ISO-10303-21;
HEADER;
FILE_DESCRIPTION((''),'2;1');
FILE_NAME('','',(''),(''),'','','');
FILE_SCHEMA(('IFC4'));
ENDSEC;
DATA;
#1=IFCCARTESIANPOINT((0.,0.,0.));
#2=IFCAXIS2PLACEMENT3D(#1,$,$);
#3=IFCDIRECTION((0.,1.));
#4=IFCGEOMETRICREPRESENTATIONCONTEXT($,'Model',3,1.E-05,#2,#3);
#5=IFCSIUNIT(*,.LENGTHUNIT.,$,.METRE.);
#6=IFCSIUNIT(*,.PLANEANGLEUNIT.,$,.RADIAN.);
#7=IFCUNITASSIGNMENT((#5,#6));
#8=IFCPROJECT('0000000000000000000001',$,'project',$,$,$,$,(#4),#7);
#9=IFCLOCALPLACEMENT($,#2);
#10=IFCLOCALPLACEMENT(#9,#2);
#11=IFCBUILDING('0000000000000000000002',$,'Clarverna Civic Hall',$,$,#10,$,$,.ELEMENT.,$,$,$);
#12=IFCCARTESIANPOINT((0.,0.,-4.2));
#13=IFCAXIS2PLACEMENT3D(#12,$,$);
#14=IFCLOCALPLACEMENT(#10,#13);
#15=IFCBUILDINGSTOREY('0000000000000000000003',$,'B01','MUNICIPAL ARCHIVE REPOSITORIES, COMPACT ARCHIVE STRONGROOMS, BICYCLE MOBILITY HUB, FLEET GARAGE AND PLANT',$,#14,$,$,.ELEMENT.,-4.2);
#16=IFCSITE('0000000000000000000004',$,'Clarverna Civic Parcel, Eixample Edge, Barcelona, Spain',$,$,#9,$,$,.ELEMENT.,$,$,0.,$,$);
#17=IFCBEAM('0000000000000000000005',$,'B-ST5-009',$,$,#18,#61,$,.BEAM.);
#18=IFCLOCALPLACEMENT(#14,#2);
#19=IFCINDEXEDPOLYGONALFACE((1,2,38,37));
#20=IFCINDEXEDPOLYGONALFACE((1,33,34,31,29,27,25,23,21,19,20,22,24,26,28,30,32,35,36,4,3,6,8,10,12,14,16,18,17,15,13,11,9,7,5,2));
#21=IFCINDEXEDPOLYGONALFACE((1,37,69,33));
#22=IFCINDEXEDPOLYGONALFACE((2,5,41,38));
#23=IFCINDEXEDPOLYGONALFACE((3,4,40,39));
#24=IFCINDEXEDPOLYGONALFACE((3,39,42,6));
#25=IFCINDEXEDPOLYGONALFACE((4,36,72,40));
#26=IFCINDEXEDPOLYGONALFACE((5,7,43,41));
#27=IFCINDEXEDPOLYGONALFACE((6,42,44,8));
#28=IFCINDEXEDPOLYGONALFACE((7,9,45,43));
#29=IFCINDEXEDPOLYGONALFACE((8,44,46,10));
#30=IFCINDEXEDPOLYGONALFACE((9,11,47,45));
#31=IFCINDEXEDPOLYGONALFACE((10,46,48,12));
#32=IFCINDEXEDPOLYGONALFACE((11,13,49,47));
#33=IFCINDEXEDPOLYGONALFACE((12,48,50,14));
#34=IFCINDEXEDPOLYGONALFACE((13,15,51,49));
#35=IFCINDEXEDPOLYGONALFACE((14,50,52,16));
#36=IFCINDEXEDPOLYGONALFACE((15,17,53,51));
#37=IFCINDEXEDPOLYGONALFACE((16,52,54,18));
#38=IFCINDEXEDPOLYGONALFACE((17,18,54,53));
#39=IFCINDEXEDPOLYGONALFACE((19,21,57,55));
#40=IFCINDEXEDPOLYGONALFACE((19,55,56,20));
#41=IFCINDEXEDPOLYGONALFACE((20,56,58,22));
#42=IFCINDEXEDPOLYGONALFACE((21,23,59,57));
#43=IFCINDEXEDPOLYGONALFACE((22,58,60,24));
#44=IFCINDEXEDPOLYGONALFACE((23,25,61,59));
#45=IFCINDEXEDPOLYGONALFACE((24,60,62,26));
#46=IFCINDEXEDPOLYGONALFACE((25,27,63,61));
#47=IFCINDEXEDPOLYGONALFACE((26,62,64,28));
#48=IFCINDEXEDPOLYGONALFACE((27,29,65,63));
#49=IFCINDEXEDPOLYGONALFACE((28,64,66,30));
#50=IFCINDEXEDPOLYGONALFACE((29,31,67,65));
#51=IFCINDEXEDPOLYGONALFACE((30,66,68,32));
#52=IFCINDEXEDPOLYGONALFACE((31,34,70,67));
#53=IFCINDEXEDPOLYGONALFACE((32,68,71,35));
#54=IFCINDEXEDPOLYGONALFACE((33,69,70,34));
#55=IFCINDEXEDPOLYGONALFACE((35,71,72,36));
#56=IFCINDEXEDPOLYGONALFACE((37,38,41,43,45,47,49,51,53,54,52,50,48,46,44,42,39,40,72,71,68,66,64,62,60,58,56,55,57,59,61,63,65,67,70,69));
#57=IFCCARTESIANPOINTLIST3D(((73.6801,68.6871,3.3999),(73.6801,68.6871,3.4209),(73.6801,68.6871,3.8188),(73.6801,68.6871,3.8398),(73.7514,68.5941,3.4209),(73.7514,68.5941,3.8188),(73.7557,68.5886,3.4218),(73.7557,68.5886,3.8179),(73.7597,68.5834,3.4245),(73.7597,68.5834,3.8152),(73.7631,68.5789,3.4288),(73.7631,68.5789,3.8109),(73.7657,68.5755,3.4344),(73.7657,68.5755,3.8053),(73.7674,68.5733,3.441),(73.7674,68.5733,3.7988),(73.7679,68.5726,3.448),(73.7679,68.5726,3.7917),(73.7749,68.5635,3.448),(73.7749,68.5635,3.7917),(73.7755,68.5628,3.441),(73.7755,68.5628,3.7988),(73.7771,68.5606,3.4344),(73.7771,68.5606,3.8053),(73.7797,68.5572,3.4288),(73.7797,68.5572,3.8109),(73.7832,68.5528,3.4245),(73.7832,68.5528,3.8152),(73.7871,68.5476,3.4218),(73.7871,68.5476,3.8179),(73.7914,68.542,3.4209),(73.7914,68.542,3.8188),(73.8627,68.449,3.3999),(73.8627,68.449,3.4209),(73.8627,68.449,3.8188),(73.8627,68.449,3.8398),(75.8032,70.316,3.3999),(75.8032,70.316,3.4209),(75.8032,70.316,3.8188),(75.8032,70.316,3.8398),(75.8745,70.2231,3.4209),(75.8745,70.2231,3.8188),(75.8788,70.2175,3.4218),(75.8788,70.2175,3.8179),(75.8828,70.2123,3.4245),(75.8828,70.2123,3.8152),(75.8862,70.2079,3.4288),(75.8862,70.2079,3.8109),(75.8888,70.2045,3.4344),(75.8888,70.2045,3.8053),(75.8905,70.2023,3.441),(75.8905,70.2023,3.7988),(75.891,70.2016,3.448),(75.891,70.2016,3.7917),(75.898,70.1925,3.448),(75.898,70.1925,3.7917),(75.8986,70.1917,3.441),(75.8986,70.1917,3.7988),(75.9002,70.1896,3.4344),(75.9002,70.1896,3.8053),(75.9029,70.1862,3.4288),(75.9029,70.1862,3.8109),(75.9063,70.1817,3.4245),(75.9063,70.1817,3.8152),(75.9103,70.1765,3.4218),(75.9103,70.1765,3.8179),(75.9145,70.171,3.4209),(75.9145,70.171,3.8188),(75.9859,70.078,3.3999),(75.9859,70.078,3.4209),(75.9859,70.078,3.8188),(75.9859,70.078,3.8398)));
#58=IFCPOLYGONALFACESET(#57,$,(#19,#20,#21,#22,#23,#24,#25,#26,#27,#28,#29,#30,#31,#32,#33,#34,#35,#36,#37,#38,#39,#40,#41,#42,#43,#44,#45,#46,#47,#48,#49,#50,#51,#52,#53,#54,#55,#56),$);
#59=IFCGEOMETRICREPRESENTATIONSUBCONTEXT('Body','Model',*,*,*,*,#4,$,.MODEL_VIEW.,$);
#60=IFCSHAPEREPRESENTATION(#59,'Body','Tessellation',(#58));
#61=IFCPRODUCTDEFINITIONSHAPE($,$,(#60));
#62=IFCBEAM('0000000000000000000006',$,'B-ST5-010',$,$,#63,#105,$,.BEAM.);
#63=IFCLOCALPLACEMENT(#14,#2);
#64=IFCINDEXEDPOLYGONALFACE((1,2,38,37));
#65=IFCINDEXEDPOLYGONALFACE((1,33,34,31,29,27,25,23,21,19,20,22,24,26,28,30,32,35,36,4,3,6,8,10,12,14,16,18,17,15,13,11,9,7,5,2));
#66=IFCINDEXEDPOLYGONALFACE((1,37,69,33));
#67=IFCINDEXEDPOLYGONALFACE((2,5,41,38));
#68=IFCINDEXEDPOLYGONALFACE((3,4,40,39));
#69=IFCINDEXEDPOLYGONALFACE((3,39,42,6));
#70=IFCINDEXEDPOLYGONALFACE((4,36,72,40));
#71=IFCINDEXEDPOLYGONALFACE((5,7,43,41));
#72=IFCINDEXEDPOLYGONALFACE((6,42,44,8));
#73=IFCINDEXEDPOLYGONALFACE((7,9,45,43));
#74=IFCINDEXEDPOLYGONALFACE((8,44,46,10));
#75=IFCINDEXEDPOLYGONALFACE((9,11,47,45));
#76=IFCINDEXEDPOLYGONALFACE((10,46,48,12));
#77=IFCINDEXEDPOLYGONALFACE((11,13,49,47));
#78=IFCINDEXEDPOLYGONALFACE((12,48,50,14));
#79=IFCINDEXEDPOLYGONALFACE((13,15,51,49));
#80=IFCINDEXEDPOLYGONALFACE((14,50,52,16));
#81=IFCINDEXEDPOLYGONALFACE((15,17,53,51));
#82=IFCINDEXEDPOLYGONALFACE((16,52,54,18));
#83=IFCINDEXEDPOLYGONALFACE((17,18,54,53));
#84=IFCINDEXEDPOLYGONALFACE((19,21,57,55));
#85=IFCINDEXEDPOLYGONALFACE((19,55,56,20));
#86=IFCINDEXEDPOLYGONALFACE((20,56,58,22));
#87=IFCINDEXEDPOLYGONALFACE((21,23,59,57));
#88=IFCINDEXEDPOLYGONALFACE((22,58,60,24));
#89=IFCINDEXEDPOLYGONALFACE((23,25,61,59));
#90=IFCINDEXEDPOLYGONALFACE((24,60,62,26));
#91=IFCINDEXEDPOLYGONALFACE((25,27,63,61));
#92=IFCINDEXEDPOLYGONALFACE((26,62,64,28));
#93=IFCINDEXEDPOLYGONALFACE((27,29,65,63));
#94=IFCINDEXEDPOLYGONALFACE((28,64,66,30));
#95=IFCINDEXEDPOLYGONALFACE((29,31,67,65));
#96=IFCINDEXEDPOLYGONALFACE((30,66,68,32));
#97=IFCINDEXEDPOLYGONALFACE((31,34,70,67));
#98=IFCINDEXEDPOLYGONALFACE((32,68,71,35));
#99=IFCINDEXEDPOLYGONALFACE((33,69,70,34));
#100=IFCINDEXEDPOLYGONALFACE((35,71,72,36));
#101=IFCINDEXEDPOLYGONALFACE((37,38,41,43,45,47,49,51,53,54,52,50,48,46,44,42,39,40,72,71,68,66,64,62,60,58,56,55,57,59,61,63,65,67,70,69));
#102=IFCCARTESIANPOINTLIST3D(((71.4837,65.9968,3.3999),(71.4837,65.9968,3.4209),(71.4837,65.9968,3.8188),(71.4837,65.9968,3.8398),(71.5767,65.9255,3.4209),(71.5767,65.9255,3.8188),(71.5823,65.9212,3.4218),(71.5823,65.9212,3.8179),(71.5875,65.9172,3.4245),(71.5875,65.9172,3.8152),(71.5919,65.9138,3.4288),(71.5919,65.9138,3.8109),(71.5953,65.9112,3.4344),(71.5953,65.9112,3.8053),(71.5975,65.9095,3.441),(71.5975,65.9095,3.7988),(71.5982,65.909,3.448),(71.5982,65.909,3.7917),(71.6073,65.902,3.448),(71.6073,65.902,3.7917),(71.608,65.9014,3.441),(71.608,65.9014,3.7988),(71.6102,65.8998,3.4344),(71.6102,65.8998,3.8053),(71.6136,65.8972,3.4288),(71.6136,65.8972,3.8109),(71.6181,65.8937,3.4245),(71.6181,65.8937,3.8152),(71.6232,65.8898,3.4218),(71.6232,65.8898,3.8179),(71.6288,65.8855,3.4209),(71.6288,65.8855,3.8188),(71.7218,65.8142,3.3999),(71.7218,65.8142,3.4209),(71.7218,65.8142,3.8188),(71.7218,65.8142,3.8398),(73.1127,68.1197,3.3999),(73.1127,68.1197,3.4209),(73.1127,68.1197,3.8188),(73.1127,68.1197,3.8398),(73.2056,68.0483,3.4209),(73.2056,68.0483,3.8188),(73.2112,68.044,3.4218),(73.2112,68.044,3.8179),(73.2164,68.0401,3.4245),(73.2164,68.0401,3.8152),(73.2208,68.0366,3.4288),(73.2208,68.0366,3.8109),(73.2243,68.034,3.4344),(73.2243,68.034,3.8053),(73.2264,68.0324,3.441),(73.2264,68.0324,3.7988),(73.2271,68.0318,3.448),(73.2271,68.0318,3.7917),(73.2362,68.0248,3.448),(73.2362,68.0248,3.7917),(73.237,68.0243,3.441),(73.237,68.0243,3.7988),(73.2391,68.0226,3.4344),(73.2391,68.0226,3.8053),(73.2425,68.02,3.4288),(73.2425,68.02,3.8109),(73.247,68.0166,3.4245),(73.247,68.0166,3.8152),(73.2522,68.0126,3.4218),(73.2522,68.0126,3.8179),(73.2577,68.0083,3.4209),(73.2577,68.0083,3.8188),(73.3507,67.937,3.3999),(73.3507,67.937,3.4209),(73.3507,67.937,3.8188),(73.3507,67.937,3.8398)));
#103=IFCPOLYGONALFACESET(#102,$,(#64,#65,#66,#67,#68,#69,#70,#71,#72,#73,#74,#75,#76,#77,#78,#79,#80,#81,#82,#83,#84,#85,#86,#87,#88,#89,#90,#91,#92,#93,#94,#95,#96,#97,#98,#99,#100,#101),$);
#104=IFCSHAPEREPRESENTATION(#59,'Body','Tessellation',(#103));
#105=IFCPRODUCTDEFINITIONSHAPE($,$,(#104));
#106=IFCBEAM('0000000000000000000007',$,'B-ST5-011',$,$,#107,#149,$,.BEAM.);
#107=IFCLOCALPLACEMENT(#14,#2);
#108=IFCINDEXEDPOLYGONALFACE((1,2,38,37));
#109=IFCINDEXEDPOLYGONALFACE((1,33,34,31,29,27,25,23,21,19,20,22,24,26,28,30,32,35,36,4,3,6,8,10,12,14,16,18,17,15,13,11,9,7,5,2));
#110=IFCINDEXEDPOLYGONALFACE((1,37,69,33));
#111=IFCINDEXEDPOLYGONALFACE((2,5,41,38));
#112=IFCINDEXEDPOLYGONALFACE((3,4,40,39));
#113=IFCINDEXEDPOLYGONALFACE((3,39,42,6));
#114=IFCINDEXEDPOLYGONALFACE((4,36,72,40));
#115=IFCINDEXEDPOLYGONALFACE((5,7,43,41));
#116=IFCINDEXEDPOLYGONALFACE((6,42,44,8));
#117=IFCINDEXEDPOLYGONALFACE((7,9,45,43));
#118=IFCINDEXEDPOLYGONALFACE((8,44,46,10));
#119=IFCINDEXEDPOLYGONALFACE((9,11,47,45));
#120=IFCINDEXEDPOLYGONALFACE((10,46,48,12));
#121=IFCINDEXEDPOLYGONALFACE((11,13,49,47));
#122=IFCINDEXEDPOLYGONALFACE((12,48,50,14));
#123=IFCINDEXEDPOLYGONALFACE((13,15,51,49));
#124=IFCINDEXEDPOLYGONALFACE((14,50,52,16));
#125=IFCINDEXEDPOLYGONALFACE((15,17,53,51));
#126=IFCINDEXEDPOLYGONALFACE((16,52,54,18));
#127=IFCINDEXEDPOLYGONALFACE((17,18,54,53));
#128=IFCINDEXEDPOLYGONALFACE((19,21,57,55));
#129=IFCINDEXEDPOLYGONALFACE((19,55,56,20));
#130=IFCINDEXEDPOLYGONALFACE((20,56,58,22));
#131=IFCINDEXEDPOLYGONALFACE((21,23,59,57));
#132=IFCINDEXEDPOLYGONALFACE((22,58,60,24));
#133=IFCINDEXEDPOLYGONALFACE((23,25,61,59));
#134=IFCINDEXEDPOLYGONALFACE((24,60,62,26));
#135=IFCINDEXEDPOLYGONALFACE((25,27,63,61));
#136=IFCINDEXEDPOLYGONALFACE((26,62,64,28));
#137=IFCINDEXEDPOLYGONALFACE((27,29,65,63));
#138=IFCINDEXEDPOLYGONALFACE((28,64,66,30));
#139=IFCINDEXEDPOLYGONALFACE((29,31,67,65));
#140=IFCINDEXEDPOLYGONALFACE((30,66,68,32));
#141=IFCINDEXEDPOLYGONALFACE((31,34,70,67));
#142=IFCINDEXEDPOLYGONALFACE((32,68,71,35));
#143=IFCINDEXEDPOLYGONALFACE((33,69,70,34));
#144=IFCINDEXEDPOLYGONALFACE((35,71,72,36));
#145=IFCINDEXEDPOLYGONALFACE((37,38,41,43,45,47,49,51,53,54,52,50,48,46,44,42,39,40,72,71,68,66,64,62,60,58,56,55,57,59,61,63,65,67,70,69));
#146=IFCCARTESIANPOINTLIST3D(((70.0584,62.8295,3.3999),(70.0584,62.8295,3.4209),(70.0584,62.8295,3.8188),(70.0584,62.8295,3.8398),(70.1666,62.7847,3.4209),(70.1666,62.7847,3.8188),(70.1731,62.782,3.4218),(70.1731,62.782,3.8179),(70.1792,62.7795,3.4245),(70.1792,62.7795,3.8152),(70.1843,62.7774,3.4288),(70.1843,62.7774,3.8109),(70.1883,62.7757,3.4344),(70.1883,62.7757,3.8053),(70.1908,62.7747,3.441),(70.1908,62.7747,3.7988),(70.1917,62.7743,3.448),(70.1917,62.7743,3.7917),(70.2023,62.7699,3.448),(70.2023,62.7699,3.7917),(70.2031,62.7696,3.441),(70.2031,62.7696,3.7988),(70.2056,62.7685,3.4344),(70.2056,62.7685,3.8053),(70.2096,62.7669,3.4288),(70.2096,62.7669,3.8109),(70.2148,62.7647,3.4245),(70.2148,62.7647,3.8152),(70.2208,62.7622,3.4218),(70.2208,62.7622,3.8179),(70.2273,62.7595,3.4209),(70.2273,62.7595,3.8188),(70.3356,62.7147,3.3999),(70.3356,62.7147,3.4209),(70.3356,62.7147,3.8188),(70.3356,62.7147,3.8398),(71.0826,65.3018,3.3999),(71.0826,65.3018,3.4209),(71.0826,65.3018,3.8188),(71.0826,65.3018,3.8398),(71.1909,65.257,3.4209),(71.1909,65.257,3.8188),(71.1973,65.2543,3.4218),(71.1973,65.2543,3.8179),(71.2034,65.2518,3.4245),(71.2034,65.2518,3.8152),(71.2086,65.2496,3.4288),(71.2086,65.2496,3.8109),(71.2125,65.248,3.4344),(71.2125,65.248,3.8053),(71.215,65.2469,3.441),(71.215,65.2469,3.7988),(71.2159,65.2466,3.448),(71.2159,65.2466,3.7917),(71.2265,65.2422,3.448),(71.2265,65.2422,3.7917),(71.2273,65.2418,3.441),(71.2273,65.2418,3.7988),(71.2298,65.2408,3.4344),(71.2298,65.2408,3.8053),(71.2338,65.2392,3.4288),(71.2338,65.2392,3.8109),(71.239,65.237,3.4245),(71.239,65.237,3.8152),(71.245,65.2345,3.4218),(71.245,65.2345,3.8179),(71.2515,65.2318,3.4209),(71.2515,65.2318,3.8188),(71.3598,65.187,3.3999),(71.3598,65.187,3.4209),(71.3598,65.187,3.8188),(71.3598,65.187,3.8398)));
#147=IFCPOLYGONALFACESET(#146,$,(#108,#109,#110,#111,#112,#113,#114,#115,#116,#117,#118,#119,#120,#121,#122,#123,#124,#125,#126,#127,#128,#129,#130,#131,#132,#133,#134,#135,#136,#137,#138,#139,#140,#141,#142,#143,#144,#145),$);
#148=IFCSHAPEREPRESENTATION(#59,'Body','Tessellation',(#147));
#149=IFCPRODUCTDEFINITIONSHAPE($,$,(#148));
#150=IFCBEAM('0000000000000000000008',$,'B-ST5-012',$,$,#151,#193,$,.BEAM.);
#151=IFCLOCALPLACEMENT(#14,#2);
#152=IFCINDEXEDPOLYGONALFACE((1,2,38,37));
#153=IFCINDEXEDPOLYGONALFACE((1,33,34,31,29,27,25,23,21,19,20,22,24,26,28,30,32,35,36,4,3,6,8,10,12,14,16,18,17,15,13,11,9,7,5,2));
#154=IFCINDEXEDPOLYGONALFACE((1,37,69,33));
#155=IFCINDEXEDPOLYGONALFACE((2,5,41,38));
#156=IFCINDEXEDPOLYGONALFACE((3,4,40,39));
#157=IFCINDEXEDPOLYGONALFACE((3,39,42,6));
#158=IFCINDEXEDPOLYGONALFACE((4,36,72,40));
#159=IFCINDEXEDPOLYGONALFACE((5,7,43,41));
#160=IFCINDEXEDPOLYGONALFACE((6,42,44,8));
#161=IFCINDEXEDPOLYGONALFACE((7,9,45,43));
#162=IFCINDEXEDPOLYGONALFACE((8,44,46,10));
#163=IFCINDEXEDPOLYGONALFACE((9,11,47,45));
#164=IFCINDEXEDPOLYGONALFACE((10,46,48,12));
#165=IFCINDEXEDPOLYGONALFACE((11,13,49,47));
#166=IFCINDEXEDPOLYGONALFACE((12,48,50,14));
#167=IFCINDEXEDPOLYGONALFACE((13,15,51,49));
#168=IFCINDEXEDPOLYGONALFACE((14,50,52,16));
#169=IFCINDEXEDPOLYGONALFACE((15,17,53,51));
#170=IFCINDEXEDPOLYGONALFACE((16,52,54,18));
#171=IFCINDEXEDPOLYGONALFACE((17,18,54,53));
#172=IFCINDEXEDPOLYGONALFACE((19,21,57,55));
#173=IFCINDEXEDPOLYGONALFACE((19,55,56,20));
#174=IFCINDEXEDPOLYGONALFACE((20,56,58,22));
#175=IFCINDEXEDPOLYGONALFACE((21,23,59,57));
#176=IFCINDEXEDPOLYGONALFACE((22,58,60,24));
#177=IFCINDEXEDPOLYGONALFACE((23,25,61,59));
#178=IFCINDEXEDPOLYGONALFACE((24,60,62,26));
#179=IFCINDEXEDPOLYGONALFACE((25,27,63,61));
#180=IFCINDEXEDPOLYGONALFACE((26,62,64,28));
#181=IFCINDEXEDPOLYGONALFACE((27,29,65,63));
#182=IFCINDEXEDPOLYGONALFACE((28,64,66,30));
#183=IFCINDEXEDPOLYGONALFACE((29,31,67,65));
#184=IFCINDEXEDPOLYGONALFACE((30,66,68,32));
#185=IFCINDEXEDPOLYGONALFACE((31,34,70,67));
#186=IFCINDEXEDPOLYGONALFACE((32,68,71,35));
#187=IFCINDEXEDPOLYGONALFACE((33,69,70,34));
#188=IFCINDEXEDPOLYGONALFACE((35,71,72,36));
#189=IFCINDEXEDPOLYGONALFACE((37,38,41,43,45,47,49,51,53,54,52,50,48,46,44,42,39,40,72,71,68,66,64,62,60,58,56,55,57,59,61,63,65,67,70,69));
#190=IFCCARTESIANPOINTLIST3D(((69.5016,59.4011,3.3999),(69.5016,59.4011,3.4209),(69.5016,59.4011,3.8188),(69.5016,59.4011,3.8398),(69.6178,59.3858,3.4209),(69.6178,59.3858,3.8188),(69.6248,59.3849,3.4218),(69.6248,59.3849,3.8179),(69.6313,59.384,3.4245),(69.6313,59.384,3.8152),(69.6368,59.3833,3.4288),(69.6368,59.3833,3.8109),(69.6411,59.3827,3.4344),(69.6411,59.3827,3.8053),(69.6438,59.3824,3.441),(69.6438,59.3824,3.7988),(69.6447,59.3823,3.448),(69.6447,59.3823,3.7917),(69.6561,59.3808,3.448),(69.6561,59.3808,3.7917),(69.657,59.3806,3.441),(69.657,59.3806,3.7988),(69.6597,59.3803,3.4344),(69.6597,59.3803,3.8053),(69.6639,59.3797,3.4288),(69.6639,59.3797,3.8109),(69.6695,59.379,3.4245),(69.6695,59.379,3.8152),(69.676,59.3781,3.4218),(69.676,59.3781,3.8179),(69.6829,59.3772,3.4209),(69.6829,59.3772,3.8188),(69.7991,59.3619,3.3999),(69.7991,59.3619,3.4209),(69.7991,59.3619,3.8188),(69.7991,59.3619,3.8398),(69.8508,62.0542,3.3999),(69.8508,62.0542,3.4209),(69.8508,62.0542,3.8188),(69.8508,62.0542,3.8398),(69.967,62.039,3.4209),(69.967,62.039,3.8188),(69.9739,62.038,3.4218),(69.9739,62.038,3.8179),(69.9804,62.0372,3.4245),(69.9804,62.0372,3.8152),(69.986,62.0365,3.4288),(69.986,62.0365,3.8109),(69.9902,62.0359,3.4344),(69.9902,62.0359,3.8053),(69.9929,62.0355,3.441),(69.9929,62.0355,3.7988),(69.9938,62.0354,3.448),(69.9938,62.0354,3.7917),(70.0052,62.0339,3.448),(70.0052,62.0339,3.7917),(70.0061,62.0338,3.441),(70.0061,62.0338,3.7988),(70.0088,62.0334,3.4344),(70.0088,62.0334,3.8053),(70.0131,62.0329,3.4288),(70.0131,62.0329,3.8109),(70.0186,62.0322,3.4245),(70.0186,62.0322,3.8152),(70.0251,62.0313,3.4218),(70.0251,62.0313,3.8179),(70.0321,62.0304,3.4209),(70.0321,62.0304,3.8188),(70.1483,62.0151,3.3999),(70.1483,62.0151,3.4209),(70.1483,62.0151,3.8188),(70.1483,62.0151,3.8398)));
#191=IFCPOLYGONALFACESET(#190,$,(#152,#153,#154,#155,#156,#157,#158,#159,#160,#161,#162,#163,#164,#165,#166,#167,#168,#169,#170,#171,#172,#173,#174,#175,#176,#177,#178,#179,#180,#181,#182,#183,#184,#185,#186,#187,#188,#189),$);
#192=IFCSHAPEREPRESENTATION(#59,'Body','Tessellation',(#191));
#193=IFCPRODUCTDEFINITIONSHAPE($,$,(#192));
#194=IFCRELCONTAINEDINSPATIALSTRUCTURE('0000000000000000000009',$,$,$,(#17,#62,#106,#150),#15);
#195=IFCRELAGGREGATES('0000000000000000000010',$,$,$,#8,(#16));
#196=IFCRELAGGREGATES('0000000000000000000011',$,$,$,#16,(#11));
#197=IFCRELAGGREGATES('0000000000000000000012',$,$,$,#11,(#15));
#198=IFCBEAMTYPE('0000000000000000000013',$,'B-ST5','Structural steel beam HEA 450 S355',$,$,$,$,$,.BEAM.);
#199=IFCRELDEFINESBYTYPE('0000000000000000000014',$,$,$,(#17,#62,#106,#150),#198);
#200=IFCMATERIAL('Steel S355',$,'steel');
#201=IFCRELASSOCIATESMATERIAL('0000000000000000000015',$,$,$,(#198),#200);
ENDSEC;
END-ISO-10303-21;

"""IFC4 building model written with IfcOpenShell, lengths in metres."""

from ifc_helpers import new_model, si_unit, direction, frame, origin, origin_2d, place, context, subcontext, project, spatial, i_section, extrude, material, material_profile, profile_set, type_object, element, save


model = new_model("IFC4")

# Units and contexts
model_context = context("Model", 3, precision=1e-05, world=origin(), true_north=direction((0.0, 1.0)))
body_context = subcontext(model_context, "Body", "Model", "MODEL_VIEW")
ifc_project = project(units=[si_unit("LENGTHUNIT", "METRE"), si_unit("PLANEANGLEUNIT", "RADIAN")], contexts=[model_context])

# Site, building, storey
site_placement = place(None, origin())
site = spatial("IfcSite", under=ifc_project, at=site_placement, Name="Clarverna Civic Parcel, Eixample Edge, Barcelona, Spain", CompositionType="ELEMENT", RefElevation=0.0)
building_placement = place(site_placement, origin())
building = spatial("IfcBuilding", under=site, at=building_placement, Name="Clarverna Civic Hall", CompositionType="ELEMENT")
storey_placement = place(building_placement, frame((0.0, 0.0, -4.2)))
storey = spatial("IfcBuildingStorey", under=building, at=storey_placement, Name="B01", Description="MUNICIPAL ARCHIVE REPOSITORIES, COMPACT ARCHIVE STRONGROOMS, BICYCLE MOBILITY HUB, FLEET GARAGE AND PLANT", CompositionType="ELEMENT", Elevation=-4.2)

# Beams
ifc_material_1 = material(Name="Steel S355", Category="steel")
ifc_material_profile_1 = material_profile(ifc_material_1, i_section(OverallWidth=0.3, OverallDepth=0.4399, WebThickness=0.0115, FlangeThickness=0.021, FilletRadius=0.0271, at=origin_2d()), Name="HEA 450")
ifc_profile_set_1 = profile_set([ifc_material_profile_1], Name="Steel S355")
beam_type_1 = type_object("IfcBeamType", Name="B-ST5", Description="Structural steel beam HEA 450 S355", PredefinedType="BEAM", material=ifc_profile_set_1)
beam_1_placement = place(storey_placement, frame((75.8945, 70.197, 3.6199), z_axis=(-0.793383, -0.608723, 0.0), x_axis=(0.608723, -0.793383, 0.0)))
element("IfcBeam", 1, at=beam_1_placement, inside=storey, type_object=beam_type_1, Name="B-ST5-009", PredefinedType="BEAM", context=body_context, shape_type="SweptSolid", body=[
    extrude(i_section(OverallWidth=0.3, OverallDepth=0.4399, WebThickness=0.0115, FlangeThickness=0.021, FilletRadius=0.0271, at=origin_2d()), origin(), (0.0, 0.0, 1.0), 2.676),
])
beam_2_placement = place(storey_placement, frame((73.2317, 68.0283, 3.6199), z_axis=(-0.608767, -0.793349, 0.0), x_axis=(0.793349, -0.608767, 0.0)))
element("IfcBeam", 2, at=beam_2_placement, inside=storey, type_object=beam_type_1, Name="B-ST5-010", PredefinedType="BEAM", context=body_context, shape_type="SweptSolid", body=[
    extrude(i_section(OverallWidth=0.3, OverallDepth=0.4399, WebThickness=0.0115, FlangeThickness=0.021, FilletRadius=0.0271, at=origin_2d()), origin(), (0.0, 0.0, 1.0), 2.6758),
])
for number, where, z_axis, x_axis, name in (
    (3, (71.2212, 65.2444, 3.6199), (-0.382736, -0.923858, 0.0), (0.923858, -0.382736, 0.0), "B-ST5-011"),
    (4, (69.9995, 62.0347, 3.6199), (-0.130466, -0.991453, 0.0), (0.991453, -0.130466, 0.0), "B-ST5-012"),
):
    element("IfcBeam", number, at=place(storey_placement, frame(where, z_axis=z_axis, x_axis=x_axis)), inside=storey, type_object=beam_type_1, Name=name, PredefinedType="BEAM", context=body_context, shape_type="SweptSolid", body=[
        extrude(i_section(OverallWidth=0.3, OverallDepth=0.4399, WebThickness=0.0115, FlangeThickness=0.021, FilletRadius=0.0271, at=origin_2d()), origin(), (0.0, 0.0, 1.0), 2.676),
    ])

save(model, "model.ifc")
